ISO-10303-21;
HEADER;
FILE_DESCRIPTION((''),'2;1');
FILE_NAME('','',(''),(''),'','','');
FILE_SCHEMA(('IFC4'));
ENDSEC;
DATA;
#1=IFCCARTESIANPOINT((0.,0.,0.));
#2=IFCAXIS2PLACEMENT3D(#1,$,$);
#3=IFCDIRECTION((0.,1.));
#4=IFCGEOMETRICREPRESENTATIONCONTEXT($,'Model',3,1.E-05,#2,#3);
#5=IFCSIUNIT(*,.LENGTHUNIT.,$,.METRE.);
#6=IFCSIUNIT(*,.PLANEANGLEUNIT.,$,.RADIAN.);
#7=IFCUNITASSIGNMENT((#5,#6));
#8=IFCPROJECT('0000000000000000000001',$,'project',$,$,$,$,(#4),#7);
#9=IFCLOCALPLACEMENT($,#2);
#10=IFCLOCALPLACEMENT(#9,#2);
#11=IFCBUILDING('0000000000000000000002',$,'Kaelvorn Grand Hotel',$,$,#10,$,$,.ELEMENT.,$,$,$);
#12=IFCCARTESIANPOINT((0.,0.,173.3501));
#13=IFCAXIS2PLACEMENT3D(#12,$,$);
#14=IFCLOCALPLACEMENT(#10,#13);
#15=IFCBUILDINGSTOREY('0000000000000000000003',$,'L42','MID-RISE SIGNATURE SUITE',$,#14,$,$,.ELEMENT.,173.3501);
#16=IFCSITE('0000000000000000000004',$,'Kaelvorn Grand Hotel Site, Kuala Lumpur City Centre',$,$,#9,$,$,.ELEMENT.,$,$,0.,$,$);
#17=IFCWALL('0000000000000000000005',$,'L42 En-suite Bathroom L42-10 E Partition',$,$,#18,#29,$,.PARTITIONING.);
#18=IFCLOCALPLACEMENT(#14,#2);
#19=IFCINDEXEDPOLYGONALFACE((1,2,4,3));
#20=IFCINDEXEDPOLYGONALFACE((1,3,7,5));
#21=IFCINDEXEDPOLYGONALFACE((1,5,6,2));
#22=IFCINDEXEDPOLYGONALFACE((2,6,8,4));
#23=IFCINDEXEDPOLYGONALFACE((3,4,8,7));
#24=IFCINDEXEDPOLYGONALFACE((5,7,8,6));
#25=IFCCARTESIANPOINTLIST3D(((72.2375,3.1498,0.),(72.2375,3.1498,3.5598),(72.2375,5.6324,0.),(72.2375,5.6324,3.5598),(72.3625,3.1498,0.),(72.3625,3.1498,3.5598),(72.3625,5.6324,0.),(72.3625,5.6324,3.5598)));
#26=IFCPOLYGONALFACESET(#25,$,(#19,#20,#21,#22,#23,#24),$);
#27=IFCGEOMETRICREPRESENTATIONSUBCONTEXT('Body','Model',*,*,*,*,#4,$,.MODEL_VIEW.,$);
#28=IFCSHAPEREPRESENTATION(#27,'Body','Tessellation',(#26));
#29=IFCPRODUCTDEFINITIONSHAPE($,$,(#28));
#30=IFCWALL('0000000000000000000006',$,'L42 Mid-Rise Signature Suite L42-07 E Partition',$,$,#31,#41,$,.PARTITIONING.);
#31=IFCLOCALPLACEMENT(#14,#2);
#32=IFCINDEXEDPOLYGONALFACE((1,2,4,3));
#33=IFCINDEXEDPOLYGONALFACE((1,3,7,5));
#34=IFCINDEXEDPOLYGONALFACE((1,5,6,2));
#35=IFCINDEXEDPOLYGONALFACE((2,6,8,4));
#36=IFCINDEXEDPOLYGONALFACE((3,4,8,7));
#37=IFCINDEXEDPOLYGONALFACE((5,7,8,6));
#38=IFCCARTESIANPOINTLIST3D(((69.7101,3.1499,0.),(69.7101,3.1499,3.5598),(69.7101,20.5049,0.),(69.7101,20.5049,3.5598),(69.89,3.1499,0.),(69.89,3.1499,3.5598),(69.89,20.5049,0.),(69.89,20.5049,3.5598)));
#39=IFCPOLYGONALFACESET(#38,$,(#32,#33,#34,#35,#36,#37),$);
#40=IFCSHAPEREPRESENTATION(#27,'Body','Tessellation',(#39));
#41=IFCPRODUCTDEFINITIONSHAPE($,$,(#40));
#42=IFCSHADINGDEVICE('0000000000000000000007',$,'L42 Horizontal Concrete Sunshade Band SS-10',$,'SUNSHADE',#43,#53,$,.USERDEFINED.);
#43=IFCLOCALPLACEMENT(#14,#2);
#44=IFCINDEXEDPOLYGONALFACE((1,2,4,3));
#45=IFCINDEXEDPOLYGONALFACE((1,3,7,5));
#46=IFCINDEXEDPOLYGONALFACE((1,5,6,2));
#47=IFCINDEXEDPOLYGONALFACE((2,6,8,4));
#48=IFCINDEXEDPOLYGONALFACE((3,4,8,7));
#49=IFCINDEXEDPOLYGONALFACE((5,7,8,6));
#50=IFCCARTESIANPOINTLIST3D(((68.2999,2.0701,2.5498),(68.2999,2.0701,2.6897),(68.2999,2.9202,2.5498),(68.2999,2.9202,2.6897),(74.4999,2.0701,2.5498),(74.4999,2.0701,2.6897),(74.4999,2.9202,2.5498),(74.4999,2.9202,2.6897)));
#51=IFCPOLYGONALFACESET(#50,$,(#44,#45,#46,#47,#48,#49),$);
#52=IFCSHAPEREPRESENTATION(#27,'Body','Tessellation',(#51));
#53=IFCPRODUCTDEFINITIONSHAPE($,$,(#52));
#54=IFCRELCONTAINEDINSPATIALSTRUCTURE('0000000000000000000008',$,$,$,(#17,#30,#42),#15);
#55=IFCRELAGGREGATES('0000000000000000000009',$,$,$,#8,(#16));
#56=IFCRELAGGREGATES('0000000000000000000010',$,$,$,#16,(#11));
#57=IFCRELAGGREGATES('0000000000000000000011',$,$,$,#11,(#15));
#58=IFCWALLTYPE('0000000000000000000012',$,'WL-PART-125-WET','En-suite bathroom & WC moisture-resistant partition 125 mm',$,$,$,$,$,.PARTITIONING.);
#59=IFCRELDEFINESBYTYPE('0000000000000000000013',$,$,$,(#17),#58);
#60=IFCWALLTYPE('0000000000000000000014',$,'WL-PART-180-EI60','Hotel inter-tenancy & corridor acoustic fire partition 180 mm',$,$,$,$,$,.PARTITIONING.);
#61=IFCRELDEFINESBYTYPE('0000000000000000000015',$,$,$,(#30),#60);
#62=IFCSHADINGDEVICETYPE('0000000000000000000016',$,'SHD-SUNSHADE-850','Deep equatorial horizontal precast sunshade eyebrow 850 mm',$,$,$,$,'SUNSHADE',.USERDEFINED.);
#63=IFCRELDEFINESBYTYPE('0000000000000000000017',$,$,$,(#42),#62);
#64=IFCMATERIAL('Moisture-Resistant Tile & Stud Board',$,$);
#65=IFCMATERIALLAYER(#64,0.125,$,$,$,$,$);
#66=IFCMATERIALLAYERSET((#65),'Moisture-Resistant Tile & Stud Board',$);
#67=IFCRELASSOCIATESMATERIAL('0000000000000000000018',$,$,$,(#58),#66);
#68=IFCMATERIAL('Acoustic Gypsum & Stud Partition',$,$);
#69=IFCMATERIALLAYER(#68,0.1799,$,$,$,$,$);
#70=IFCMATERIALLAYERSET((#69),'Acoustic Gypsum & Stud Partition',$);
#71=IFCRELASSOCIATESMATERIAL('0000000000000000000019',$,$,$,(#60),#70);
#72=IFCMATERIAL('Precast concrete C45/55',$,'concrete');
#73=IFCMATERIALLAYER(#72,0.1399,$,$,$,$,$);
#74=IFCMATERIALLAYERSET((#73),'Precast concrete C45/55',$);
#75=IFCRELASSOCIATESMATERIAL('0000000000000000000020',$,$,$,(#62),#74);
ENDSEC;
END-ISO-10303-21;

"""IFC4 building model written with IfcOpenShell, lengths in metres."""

from ifc_helpers import new_model, si_unit, direction, frame, frame_2d, origin, origin_2d, place, context, subcontext, project, spatial, rectangle, extrude, material, layer, layer_set, type_object, element, save


model = new_model("IFC4")

# Units and contexts
model_context = context("Model", 3, precision=1e-05, world=origin(), true_north=direction((0.0, 1.0)))
body_context = subcontext(model_context, "Body", "Model", "MODEL_VIEW")
ifc_project = project(units=[si_unit("LENGTHUNIT", "METRE"), si_unit("PLANEANGLEUNIT", "RADIAN")], contexts=[model_context])

# Site, building, storey
site_placement = place(None, origin())
site = spatial("IfcSite", under=ifc_project, at=site_placement, Name="Kaelvorn Grand Hotel Site, Kuala Lumpur City Centre", CompositionType="ELEMENT", RefElevation=0.0)
building_placement = place(site_placement, origin())
building = spatial("IfcBuilding", under=site, at=building_placement, Name="Kaelvorn Grand Hotel", CompositionType="ELEMENT")
storey_placement = place(building_placement, frame((0.0, 0.0, 173.3501)))
storey = spatial("IfcBuildingStorey", under=building, at=storey_placement, Name="L42", Description="MID-RISE SIGNATURE SUITE", CompositionType="ELEMENT", Elevation=173.3501)

# Shared definitions
ifc_material_1 = material(Name="Precast concrete C45/55", Category="concrete")

# Shared definitions
ifc_material_2 = material(Name="Moisture-Resistant Tile & Stud Board")
ifc_layer_1 = layer(ifc_material_2, 0.125)
ifc_layer_set_1 = layer_set([ifc_layer_1], Name="Moisture-Resistant Tile & Stud Board")
wall_type_1 = type_object("IfcWallType", Name="WL-PART-125-WET", Description="En-suite bathroom & WC moisture-resistant partition 125 mm", PredefinedType="PARTITIONING", material=ifc_layer_set_1)

# Walls
wall_1_placement = place(storey_placement, frame((72.3, 3.1499, 0.0), z_axis=(0.0, 0.0, 1.0), x_axis=(0.0, 1.0, 0.0)))
element("IfcWall", 1, at=wall_1_placement, inside=storey, type_object=wall_type_1, Name="L42 En-suite Bathroom L42-10 E Partition", PredefinedType="PARTITIONING", context=body_context, shape_type="SweptSolid", body=[
    extrude(rectangle(XDim=2.4827, YDim=0.125, at=frame_2d((1.2412, 0.0))), origin(), (0.0, 0.0, 1.0), 3.5598),
])
ifc_material_3 = material(Name="Acoustic Gypsum & Stud Partition")
ifc_layer_2 = layer(ifc_material_3, 0.1799)
ifc_layer_set_2 = layer_set([ifc_layer_2], Name="Acoustic Gypsum & Stud Partition")
wall_type_2 = type_object("IfcWallType", Name="WL-PART-180-EI60", Description="Hotel inter-tenancy & corridor acoustic fire partition 180 mm", PredefinedType="PARTITIONING", material=ifc_layer_set_2)
wall_2_placement = place(storey_placement, frame((69.8, 3.1499, 0.0), z_axis=(0.0, 0.0, 1.0), x_axis=(0.0, 1.0, 0.0)))
element("IfcWall", 2, at=wall_2_placement, inside=storey, type_object=wall_type_2, Name="L42 Mid-Rise Signature Suite L42-07 E Partition", PredefinedType="PARTITIONING", context=body_context, shape_type="SweptSolid", body=[
    extrude(rectangle(XDim=17.355, YDim=0.1799, at=frame_2d((8.6775, 0.0))), origin(), (0.0, 0.0, 1.0), 3.5598),
])

# Shading device
ifc_layer_3 = layer(ifc_material_1, 0.1399)
ifc_layer_set_3 = layer_set([ifc_layer_3], Name="Precast concrete C45/55")
shading_device_type = type_object("IfcShadingDeviceType", Name="SHD-SUNSHADE-850", Description="Deep equatorial horizontal precast sunshade eyebrow 850 mm", ElementType="SUNSHADE", PredefinedType="USERDEFINED", material=ifc_layer_set_3)
shading_device_placement = place(storey_placement, frame((71.3999, 2.4951, 2.5498), z_axis=(0.0, 0.0, 1.0), x_axis=(1.0, 0.0, 0.0)))
element("IfcShadingDevice", 3, at=shading_device_placement, inside=storey, type_object=shading_device_type, Name="L42 Horizontal Concrete Sunshade Band SS-10", ObjectType="SUNSHADE", PredefinedType="USERDEFINED", context=body_context, shape_type="SweptSolid", body=[
    extrude(rectangle(XDim=6.2, YDim=0.8501, at=origin_2d()), origin(), (0.0, 0.0, 1.0), 0.1399),
])

save(model, "model.ifc")
